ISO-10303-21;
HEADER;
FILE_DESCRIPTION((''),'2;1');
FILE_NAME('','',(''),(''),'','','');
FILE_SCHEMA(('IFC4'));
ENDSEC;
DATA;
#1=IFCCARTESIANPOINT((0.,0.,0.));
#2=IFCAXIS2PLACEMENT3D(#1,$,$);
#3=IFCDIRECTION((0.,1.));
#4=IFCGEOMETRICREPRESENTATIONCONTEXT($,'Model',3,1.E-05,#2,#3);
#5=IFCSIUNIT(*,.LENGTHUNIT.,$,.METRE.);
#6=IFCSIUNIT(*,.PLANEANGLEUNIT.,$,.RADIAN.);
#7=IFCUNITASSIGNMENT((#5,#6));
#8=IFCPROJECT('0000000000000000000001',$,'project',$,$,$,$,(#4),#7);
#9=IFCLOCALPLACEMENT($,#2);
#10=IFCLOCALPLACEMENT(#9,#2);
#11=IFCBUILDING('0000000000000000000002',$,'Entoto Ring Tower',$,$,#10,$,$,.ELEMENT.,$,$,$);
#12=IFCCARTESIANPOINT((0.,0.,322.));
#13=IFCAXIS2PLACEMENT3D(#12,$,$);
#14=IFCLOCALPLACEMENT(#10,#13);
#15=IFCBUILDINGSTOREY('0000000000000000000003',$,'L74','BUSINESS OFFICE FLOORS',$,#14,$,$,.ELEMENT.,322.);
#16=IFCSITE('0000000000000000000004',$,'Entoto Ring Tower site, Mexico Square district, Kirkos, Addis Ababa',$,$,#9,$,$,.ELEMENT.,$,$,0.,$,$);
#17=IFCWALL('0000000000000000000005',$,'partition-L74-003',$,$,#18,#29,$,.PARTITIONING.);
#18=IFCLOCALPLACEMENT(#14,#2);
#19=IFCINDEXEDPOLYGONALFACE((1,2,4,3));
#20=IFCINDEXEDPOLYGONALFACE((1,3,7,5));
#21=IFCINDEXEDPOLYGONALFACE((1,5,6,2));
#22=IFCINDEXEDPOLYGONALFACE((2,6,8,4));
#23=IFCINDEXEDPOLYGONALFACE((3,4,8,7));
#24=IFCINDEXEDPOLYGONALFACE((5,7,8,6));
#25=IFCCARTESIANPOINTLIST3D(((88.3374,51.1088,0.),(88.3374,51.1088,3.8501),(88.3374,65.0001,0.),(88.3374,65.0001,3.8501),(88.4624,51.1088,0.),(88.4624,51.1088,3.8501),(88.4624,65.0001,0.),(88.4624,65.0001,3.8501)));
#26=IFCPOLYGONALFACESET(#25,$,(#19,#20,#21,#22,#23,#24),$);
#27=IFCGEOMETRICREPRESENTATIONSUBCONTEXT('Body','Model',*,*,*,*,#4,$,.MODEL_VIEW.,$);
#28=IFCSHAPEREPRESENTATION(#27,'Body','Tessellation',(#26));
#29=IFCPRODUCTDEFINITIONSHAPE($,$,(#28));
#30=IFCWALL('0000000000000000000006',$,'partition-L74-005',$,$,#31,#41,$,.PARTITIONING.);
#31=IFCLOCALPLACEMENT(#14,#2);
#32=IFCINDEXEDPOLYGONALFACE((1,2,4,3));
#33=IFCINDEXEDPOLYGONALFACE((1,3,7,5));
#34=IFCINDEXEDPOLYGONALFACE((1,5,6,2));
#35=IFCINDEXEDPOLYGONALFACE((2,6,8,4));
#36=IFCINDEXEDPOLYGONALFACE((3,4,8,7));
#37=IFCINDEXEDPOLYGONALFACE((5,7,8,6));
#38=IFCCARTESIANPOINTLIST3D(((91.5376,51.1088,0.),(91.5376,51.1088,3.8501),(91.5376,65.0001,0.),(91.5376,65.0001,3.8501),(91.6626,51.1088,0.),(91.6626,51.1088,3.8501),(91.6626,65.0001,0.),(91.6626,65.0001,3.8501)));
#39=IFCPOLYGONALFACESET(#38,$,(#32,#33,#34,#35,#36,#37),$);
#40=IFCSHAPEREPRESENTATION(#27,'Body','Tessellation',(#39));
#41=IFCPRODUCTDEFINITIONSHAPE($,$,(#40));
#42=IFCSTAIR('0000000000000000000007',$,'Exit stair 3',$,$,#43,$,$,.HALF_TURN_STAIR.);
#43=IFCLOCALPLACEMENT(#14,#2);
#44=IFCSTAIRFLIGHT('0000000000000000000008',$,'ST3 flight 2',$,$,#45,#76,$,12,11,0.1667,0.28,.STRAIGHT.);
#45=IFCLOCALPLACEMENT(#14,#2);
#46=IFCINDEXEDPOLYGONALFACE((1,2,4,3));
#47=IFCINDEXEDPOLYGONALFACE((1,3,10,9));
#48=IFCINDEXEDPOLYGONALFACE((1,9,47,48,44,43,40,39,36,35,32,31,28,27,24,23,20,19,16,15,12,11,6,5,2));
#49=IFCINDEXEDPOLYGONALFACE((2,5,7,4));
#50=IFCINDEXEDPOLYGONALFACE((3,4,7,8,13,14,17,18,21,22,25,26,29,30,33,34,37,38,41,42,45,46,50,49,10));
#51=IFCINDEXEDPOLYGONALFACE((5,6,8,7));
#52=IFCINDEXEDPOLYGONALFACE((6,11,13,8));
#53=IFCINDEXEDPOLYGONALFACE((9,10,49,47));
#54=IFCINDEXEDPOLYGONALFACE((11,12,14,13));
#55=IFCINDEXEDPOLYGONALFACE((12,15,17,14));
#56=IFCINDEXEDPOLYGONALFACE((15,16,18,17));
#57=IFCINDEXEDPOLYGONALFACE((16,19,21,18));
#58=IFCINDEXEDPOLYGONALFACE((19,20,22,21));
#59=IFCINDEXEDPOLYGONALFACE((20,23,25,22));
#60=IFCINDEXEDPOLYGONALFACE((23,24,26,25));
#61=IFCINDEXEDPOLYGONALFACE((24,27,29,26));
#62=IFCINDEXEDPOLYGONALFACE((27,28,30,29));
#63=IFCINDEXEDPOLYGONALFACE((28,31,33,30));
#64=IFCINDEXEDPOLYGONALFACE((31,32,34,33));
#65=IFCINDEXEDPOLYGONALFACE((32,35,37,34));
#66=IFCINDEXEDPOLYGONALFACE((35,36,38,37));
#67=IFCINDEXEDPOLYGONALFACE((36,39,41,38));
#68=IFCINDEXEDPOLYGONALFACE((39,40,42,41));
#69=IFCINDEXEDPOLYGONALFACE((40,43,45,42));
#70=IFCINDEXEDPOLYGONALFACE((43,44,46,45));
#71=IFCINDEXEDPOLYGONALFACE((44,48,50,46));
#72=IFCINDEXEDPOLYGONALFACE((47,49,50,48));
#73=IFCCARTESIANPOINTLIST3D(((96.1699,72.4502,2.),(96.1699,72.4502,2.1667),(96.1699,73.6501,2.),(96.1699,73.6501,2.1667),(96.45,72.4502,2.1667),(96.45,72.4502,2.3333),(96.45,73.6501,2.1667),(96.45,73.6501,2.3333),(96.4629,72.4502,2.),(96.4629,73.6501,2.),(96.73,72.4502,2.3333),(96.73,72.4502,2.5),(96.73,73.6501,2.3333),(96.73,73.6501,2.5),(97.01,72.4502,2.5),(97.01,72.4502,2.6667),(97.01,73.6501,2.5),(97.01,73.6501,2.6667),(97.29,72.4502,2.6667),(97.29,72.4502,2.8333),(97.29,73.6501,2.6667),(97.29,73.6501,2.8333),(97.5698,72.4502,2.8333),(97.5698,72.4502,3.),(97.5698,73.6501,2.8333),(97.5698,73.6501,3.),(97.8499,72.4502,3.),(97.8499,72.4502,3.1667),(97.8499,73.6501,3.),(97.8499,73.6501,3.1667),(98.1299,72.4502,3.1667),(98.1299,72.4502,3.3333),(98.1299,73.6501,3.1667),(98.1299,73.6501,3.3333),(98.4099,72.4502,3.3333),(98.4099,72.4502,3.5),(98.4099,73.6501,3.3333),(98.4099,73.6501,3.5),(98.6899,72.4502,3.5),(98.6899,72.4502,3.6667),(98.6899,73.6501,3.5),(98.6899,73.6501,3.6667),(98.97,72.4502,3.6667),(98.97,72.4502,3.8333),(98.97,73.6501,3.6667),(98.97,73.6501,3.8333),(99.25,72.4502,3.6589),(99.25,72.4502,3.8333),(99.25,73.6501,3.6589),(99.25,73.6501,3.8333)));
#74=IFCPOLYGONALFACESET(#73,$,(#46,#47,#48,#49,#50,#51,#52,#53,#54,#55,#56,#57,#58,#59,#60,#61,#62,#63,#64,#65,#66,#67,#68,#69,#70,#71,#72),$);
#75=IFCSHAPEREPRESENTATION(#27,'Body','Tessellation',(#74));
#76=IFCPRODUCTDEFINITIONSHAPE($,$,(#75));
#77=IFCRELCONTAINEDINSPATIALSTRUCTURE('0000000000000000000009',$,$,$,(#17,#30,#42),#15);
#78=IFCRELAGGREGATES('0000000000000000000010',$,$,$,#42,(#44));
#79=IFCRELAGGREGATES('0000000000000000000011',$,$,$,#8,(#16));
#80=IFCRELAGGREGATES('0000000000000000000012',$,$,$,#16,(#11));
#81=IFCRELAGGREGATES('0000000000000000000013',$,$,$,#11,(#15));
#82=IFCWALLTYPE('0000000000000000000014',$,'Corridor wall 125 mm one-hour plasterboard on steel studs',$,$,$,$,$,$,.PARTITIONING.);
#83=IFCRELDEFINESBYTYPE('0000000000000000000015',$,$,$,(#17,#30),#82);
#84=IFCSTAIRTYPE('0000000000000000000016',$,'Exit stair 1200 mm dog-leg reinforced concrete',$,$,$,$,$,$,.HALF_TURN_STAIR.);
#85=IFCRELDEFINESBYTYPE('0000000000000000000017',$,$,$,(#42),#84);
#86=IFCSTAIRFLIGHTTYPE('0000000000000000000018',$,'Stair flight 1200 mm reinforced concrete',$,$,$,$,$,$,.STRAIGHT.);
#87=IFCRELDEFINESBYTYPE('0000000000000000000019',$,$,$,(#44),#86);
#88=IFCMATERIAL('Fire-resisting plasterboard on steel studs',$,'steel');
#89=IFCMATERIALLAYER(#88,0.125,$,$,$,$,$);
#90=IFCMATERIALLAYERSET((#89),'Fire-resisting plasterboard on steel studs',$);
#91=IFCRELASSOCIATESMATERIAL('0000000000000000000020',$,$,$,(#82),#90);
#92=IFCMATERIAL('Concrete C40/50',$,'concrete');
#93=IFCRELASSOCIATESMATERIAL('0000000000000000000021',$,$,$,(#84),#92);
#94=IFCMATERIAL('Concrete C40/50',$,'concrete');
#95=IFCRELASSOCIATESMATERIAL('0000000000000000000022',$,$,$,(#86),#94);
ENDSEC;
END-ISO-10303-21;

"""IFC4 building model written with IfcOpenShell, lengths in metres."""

from ifc_helpers import new_model, si_unit, direction, frame, frame_2d, origin, place, context, subcontext, project, spatial, polyline, rectangle, outline, extrude, material, layer, layer_set, type_object, element, aggregate, save


model = new_model("IFC4")

# Units and contexts
model_context = context("Model", 3, precision=1e-05, world=origin(), true_north=direction((0.0, 1.0)))
body_context = subcontext(model_context, "Body", "Model", "MODEL_VIEW")
ifc_project = project(units=[si_unit("LENGTHUNIT", "METRE"), si_unit("PLANEANGLEUNIT", "RADIAN")], contexts=[model_context])

# Site, building, storey
site_placement = place(None, origin())
site = spatial("IfcSite", under=ifc_project, at=site_placement, Name="Entoto Ring Tower site, Mexico Square district, Kirkos, Addis Ababa", CompositionType="ELEMENT", RefElevation=0.0)
building_placement = place(site_placement, origin())
building = spatial("IfcBuilding", under=site, at=building_placement, Name="Entoto Ring Tower", CompositionType="ELEMENT")
storey_placement = place(building_placement, frame((0.0, 0.0, 322.0)))
storey = spatial("IfcBuildingStorey", under=building, at=storey_placement, Name="L74", Description="BUSINESS OFFICE FLOORS", CompositionType="ELEMENT", Elevation=322.0)

# Walls
ifc_material_1 = material(Name="Fire-resisting plasterboard on steel studs", Category="steel")
ifc_layer_1 = layer(ifc_material_1, 0.125)
ifc_layer_set_1 = layer_set([ifc_layer_1], Name="Fire-resisting plasterboard on steel studs")
wall_type_1 = type_object("IfcWallType", Name="Corridor wall 125 mm one-hour plasterboard on steel studs", PredefinedType="PARTITIONING", material=ifc_layer_set_1)
for number, where, z_axis, x_axis, name in (
    (1, (88.3999, 51.1086, 0.0), (0.0, 0.0, 1.0), (0.0, 1.0, 0.0), "partition-L74-003"),
    (2, (91.6001, 51.1086, 0.0), (0.0, 0.0, 1.0), (0.0, 1.0, 0.0), "partition-L74-005"),
):
    element("IfcWall", number, at=place(storey_placement, frame(where, z_axis=z_axis, x_axis=x_axis)), inside=storey, type_object=wall_type_1, Name=name, PredefinedType="PARTITIONING", context=body_context, shape_type="SweptSolid", body=[
        extrude(rectangle(XDim=13.8914, YDim=0.125, at=frame_2d((6.9458, 0.0))), origin(), (0.0, 0.0, 1.0), 3.8501),
    ])

# Stair, stair flight
ifc_material_2 = material(Name="Concrete C40/50", Category="concrete")
stair_type = type_object("IfcStairType", Name="Exit stair 1200 mm dog-leg reinforced concrete", PredefinedType="HALF_TURN_STAIR", material=ifc_material_2)
stair_placement = place(storey_placement, origin())
stair = element("IfcStair", 3, at=stair_placement, inside=storey, type_object=stair_type, Name="Exit stair 3", PredefinedType="HALF_TURN_STAIR")
ifc_material_3 = material(Name="Concrete C40/50", Category="concrete")
stair_flight_type = type_object("IfcStairFlightType", Name="Stair flight 1200 mm reinforced concrete", PredefinedType="STRAIGHT", material=ifc_material_3)
stair_flight_placement = place(storey_placement, frame((96.1699, 73.05, 2.0), z_axis=(0.0, 0.0, 1.0), x_axis=(1.0, 0.0, 0.0)))
stair_flight = element("IfcStairFlight", 4, at=stair_flight_placement, type_object=stair_flight_type, Name="ST3 flight 2", NumberOfRisers=12, NumberOfTreads=11, PredefinedType="STRAIGHT", RiserHeight=0.1667, TreadLength=0.28, context=body_context, shape_type="SweptSolid", body=[
    extrude(outline(polyline([(0.0, 0.0), (0.0, 0.1667), (0.28, 0.1667), (0.28, 0.3333), (0.5601, 0.3333), (0.5601, 0.5), (0.8401, 0.5), (0.8401, 0.6667), (1.1201, 0.6667), (1.1201, 0.8333), (1.3999, 0.8333), (1.3999, 1.0), (1.6799, 1.0), (1.6799, 1.1667), (1.96, 1.1667), (1.96, 1.3333), (2.24, 1.3333), (2.24, 1.5), (2.52, 1.5), (2.52, 1.6667), (2.8, 1.6667), (2.8, 1.8333), (3.0801, 1.8333), (3.0801, 2.0), (3.0801, 1.6589), (0.293, 0.0), (0.0, 0.0)])), frame((0.0, 0.6001, 0.0), z_axis=(0.0, -1.0, 0.0), x_axis=(1.0, 0.0, 0.0)), (0.0, 0.0, 1.0), 1.2),
])
aggregate(stair, [stair_flight])

save(model, "model.ifc")
